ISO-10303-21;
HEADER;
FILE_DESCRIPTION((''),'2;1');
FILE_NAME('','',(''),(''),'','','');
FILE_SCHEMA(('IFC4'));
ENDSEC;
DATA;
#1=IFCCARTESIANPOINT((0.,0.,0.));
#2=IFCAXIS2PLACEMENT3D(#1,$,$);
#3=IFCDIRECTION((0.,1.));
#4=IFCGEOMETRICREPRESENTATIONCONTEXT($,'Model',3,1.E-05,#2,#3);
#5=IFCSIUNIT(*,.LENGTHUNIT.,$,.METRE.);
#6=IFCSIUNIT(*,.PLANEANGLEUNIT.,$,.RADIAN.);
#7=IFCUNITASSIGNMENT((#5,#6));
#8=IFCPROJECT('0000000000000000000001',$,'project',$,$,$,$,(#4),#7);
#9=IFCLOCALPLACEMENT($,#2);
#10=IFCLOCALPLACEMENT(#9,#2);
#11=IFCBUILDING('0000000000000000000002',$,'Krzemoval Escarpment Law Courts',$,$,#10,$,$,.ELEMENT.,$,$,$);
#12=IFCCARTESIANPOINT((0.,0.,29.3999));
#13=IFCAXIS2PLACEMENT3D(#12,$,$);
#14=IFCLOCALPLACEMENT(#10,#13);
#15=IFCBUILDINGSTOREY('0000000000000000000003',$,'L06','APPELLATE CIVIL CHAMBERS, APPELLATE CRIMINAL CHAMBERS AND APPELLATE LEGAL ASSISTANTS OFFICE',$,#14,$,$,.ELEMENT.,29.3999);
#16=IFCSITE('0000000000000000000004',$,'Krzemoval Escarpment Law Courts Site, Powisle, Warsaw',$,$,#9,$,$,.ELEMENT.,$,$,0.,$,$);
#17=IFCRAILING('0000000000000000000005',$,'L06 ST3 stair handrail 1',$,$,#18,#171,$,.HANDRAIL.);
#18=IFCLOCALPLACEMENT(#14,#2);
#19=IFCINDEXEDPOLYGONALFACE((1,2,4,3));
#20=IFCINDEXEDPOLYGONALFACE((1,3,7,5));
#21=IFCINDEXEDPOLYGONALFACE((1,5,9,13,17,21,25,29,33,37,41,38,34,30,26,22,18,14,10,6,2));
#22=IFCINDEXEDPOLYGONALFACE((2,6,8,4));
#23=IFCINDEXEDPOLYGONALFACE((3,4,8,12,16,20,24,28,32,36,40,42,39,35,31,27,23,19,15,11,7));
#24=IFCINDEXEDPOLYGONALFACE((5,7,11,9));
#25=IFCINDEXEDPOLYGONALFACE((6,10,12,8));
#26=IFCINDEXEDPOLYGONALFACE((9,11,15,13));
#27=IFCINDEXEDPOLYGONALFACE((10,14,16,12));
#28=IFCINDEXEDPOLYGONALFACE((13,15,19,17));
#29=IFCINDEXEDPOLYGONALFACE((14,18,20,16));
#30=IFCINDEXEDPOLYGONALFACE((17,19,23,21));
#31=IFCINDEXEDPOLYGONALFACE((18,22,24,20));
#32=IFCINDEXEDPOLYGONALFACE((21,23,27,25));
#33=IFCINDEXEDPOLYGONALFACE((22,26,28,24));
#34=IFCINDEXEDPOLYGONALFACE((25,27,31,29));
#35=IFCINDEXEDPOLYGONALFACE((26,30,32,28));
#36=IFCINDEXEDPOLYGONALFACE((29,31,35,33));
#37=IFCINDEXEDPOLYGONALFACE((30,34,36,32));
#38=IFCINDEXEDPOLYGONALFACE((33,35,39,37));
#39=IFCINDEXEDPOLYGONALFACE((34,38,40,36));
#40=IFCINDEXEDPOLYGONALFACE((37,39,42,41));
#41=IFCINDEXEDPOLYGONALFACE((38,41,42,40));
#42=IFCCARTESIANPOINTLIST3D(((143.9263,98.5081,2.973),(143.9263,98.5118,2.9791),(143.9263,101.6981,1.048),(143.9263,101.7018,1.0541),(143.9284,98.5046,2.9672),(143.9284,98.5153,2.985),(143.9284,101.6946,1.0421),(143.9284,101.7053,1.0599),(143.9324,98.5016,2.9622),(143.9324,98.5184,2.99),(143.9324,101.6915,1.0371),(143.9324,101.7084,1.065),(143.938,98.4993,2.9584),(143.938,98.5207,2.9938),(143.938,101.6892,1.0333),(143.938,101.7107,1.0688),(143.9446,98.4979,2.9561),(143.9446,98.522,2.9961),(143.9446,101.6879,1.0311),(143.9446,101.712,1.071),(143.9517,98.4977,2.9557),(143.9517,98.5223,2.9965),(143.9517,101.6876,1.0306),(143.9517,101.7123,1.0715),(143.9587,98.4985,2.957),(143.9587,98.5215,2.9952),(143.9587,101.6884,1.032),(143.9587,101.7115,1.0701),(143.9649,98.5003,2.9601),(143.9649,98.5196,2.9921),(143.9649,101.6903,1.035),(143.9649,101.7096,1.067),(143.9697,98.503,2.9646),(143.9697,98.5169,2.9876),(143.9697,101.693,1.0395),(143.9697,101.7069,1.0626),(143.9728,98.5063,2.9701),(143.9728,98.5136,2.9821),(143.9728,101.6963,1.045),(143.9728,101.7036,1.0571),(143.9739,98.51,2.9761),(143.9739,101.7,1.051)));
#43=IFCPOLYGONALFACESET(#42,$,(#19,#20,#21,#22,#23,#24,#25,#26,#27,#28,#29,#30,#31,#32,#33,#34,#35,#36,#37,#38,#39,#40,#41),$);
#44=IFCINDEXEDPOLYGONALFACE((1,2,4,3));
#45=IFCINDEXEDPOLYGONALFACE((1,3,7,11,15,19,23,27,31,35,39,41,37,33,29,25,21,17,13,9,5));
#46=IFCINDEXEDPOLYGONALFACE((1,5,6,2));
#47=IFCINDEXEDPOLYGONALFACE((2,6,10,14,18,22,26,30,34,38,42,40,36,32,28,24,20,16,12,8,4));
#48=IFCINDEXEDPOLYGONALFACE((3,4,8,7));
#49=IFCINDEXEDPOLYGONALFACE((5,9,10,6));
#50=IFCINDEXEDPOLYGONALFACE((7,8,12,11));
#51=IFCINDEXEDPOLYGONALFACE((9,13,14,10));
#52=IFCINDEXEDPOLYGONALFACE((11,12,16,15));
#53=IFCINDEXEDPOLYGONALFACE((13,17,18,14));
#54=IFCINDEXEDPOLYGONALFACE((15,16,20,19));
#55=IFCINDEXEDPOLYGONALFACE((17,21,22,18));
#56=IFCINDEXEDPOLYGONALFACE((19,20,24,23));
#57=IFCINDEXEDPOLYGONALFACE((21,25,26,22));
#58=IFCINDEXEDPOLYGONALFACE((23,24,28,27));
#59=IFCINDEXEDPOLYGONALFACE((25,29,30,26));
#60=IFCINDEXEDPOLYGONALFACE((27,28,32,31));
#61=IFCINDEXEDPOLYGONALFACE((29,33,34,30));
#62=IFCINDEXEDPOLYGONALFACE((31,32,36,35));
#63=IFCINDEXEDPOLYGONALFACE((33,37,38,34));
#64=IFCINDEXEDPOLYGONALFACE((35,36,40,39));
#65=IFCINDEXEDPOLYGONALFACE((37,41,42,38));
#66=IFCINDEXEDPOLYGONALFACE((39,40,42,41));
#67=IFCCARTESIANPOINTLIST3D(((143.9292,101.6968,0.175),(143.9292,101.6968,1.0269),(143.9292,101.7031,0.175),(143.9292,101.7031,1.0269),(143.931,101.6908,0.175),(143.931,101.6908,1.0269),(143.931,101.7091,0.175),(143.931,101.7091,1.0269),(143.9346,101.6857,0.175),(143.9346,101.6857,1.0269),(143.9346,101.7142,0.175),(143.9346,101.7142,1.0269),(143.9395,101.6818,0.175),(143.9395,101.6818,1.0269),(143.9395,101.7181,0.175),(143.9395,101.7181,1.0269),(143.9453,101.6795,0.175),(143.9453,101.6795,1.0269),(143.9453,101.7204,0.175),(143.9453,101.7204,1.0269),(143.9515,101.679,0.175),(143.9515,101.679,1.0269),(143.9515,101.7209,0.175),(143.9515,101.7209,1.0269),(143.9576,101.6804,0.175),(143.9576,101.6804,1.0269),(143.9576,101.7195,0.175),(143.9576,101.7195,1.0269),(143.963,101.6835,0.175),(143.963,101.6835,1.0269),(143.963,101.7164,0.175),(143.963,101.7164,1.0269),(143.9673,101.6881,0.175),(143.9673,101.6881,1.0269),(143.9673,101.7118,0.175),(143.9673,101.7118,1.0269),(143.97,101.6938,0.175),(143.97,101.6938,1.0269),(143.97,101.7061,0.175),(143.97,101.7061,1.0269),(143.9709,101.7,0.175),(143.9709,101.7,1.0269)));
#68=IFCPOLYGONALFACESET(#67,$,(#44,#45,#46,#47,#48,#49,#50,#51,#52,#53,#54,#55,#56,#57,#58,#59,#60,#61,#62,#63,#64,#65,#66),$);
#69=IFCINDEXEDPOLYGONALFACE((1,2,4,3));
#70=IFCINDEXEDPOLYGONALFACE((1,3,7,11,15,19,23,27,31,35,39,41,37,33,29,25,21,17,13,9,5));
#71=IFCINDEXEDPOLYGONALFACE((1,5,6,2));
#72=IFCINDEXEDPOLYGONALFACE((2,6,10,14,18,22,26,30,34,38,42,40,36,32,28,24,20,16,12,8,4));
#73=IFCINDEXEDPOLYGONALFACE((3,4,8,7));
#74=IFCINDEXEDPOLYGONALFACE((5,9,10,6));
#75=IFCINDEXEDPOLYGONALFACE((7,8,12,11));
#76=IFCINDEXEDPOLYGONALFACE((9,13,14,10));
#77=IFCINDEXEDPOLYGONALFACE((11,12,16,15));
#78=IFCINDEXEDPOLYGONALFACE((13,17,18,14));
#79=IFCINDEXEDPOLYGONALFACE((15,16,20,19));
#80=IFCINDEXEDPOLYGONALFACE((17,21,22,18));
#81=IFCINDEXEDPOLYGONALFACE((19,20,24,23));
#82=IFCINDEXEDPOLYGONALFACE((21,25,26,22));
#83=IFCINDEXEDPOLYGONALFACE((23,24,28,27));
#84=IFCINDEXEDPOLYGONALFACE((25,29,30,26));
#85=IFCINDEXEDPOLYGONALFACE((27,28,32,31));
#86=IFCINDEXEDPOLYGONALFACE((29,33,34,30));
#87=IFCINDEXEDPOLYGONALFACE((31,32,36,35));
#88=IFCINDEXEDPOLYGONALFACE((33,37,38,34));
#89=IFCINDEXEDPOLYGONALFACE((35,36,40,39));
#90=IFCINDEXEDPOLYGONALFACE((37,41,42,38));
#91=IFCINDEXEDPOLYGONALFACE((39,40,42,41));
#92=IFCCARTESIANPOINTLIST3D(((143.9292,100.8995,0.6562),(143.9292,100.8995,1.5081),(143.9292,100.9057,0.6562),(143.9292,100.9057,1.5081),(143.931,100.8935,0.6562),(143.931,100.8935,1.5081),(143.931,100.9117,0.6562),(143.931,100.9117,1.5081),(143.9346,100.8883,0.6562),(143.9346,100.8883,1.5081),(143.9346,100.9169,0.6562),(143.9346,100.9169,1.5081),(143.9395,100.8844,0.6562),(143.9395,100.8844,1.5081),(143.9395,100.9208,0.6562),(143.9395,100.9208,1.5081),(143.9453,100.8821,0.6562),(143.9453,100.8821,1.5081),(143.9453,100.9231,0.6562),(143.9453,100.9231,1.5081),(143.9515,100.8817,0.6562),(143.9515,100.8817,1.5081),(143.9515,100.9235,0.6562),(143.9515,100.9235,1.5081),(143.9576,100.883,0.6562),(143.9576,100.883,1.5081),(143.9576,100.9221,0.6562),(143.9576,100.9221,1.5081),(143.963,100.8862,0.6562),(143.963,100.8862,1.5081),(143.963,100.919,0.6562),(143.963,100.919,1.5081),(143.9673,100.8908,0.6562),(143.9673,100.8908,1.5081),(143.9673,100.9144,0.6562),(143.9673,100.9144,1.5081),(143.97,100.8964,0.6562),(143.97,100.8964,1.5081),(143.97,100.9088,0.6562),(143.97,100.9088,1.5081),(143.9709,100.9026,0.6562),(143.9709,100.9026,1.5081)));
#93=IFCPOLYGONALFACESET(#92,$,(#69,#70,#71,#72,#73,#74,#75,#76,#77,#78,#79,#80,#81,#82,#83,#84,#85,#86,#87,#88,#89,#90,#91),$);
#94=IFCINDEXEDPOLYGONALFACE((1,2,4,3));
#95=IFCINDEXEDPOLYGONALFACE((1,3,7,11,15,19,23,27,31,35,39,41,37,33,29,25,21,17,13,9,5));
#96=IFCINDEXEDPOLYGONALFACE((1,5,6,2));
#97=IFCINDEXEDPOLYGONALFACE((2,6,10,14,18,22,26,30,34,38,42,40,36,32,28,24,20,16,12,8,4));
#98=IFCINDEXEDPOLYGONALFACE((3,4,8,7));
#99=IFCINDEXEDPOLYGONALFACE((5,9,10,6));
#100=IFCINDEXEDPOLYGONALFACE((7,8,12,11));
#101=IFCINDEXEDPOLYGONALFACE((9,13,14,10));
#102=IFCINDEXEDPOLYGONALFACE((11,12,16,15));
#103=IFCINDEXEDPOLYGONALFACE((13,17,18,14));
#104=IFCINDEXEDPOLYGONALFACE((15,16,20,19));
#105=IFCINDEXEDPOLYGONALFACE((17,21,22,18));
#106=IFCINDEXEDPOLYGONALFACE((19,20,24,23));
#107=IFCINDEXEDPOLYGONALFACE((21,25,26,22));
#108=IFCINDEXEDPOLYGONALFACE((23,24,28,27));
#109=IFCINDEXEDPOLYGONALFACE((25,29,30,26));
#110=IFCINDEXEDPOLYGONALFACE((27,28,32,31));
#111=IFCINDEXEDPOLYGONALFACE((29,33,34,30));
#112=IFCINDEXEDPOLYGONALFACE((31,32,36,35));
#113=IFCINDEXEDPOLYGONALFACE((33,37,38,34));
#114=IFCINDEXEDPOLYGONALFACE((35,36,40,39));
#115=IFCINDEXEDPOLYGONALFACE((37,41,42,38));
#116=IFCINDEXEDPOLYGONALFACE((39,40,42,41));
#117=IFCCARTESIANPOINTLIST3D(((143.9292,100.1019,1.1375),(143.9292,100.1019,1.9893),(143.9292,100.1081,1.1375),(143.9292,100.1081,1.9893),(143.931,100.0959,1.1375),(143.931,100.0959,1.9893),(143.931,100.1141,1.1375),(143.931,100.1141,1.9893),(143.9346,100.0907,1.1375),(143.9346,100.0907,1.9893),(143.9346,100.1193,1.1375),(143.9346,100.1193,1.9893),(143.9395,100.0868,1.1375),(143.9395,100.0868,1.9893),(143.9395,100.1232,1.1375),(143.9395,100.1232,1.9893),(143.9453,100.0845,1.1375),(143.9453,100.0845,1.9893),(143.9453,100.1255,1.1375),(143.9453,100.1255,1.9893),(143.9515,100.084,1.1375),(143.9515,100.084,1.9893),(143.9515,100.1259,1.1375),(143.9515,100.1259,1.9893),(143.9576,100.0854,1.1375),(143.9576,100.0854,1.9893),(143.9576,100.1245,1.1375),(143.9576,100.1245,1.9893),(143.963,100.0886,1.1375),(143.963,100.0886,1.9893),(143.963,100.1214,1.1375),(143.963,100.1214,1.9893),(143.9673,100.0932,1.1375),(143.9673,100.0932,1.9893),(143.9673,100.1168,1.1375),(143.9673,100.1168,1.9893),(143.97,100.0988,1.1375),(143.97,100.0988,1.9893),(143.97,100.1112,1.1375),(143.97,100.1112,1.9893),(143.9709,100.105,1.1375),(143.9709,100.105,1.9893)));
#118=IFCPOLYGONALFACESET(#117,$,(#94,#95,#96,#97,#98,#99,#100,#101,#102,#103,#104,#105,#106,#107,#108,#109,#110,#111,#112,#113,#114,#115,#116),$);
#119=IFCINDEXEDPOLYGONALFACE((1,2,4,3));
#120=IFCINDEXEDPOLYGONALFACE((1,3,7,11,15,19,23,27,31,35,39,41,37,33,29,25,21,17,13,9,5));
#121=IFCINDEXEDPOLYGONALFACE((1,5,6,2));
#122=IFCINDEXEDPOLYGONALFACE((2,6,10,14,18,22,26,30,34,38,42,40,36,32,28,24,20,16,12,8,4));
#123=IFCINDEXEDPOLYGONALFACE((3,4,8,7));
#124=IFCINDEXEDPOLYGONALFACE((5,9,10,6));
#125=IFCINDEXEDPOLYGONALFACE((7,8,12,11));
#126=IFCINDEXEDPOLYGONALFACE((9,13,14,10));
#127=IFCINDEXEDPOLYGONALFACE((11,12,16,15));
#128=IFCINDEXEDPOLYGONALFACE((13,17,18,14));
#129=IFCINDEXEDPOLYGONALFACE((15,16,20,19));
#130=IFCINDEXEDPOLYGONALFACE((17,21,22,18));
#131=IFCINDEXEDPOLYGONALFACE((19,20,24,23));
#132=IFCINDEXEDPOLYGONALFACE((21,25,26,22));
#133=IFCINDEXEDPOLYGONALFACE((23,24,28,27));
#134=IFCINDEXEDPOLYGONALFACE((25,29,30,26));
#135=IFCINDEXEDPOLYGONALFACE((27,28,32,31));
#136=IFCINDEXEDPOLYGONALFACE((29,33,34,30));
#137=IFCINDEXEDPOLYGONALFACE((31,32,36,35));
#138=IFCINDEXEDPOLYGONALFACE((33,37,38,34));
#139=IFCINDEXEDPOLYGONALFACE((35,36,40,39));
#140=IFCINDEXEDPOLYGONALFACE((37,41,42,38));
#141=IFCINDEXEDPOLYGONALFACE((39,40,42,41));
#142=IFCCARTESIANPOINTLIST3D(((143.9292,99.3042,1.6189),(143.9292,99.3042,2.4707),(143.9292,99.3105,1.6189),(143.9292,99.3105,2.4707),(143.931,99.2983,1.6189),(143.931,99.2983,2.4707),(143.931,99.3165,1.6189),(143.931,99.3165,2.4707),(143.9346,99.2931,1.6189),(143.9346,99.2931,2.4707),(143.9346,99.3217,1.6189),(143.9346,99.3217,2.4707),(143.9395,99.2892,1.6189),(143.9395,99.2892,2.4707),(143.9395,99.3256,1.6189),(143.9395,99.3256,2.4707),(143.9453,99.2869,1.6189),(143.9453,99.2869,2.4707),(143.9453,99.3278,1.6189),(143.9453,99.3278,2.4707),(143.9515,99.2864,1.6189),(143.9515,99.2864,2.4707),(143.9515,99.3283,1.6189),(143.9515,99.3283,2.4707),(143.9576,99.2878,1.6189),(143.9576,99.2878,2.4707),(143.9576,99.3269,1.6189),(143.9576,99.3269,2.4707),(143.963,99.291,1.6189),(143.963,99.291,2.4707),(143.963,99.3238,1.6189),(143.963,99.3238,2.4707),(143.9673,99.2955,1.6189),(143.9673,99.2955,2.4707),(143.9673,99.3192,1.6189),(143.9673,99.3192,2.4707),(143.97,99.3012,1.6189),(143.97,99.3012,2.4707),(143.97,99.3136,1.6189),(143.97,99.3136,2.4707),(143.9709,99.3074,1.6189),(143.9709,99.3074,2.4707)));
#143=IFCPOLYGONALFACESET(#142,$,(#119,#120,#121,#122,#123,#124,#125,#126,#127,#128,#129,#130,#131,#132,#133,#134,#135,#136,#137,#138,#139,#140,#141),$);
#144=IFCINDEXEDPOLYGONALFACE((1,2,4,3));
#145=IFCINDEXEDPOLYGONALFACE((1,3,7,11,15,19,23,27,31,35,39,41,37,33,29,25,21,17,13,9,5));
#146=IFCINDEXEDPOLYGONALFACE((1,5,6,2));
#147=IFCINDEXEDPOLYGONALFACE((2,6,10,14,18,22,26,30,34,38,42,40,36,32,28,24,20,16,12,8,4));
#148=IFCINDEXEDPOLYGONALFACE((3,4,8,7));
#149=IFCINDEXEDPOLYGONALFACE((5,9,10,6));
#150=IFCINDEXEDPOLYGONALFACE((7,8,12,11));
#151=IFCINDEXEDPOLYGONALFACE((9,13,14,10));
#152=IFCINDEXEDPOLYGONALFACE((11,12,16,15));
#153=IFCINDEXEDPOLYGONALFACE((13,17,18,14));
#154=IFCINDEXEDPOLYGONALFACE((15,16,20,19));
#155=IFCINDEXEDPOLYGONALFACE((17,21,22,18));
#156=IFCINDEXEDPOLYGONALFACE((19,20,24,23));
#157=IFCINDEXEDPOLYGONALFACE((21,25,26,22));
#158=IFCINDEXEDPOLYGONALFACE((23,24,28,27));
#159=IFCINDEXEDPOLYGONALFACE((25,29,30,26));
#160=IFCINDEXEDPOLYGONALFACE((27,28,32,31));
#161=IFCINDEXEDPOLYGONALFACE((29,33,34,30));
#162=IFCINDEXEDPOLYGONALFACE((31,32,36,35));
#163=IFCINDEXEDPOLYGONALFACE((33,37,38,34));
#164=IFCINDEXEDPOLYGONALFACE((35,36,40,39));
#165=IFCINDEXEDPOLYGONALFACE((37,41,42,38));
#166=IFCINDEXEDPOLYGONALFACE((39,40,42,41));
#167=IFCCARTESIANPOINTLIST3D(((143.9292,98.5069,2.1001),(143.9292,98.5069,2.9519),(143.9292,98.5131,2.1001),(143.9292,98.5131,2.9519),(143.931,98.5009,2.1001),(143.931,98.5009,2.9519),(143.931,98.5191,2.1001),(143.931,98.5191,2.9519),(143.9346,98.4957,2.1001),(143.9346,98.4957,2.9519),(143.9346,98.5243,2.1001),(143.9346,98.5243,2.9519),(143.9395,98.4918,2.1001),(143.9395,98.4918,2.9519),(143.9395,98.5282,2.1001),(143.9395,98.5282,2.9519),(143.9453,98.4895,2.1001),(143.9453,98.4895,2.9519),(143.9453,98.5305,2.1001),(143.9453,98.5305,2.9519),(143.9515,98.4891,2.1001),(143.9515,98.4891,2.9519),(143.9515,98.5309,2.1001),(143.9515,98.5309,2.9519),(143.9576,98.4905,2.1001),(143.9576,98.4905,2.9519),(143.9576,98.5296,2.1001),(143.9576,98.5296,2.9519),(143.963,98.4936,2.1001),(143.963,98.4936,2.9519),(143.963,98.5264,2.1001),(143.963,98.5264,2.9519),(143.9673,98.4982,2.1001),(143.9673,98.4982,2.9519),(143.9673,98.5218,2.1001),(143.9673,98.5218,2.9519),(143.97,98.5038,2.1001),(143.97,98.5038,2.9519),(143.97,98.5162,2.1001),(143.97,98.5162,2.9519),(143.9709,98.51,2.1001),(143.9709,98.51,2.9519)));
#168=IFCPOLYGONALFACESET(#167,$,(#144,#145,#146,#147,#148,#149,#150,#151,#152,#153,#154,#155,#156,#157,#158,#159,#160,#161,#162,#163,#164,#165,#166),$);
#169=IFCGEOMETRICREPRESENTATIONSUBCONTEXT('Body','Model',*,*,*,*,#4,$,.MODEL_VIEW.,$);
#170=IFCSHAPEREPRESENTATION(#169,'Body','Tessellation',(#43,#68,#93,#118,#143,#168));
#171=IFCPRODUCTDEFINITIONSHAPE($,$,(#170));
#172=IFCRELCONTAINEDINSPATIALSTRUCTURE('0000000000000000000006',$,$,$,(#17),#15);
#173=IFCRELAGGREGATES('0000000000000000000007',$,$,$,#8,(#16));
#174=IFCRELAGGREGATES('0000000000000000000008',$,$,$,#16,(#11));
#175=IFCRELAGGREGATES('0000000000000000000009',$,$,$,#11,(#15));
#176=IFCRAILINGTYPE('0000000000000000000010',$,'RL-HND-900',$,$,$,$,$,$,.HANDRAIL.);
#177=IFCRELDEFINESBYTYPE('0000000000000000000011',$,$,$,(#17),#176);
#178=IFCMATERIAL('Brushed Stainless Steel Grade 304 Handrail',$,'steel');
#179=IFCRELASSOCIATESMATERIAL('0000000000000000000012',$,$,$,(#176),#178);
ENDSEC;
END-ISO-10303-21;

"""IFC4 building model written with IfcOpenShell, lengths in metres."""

from ifc_helpers import new_model, si_unit, direction, frame, origin, origin_2d, place, context, subcontext, project, spatial, circle, extrude, material, type_object, element, save


model = new_model("IFC4")

# Units and contexts
model_context = context("Model", 3, precision=1e-05, world=origin(), true_north=direction((0.0, 1.0)))
body_context = subcontext(model_context, "Body", "Model", "MODEL_VIEW")
ifc_project = project(units=[si_unit("LENGTHUNIT", "METRE"), si_unit("PLANEANGLEUNIT", "RADIAN")], contexts=[model_context])

# Site, building, storey
site_placement = place(None, origin())
site = spatial("IfcSite", under=ifc_project, at=site_placement, Name="Krzemoval Escarpment Law Courts Site, Powisle, Warsaw", CompositionType="ELEMENT", RefElevation=0.0)
building_placement = place(site_placement, origin())
building = spatial("IfcBuilding", under=site, at=building_placement, Name="Krzemoval Escarpment Law Courts", CompositionType="ELEMENT")
storey_placement = place(building_placement, frame((0.0, 0.0, 29.3999)))
storey = spatial("IfcBuildingStorey", under=building, at=storey_placement, Name="L06", Description="APPELLATE CIVIL CHAMBERS, APPELLATE CRIMINAL CHAMBERS AND APPELLATE LEGAL ASSISTANTS OFFICE", CompositionType="ELEMENT", Elevation=29.3999)

# Railing
ifc_material_1 = material(Name="Brushed Stainless Steel Grade 304 Handrail", Category="steel")
railing_type_1 = type_object("IfcRailingType", Name="RL-HND-900", PredefinedType="HANDRAIL", material=ifc_material_1)
railing_1_placement = place(storey_placement, frame((143.95, 101.7, 0.175)))
element("IfcRailing", 1, at=railing_1_placement, inside=storey, type_object=railing_type_1, Name="L06 ST3 stair handrail 1", PredefinedType="HANDRAIL", context=body_context, shape_type="SweptSolid", body=[
    extrude(circle(Radius=0.0239, at=origin_2d()), frame((0.0, 0.0, 0.876), z_axis=(0.0, -0.856178, 0.516682), x_axis=(1.0, 0.0, 0.0)), (0.0, 0.0, 1.0), 3.7258),
    extrude(circle(Radius=0.021, at=origin_2d()), origin(), (0.0, 0.0, 1.0), 0.8518),
    extrude(circle(Radius=0.021, at=origin_2d()), frame((0.0, -0.7974, 0.4812)), (0.0, 0.0, 1.0), 0.8518),
    extrude(circle(Radius=0.021, at=origin_2d()), frame((0.0, -1.595, 0.9624)), (0.0, 0.0, 1.0), 0.8518),
    extrude(circle(Radius=0.021, at=origin_2d()), frame((0.0, -2.3926, 1.4438)), (0.0, 0.0, 1.0), 0.8518),
    extrude(circle(Radius=0.021, at=origin_2d()), frame((0.0, -3.1899, 1.925)), (0.0, 0.0, 1.0), 0.8518),
])

save(model, "model.ifc")
